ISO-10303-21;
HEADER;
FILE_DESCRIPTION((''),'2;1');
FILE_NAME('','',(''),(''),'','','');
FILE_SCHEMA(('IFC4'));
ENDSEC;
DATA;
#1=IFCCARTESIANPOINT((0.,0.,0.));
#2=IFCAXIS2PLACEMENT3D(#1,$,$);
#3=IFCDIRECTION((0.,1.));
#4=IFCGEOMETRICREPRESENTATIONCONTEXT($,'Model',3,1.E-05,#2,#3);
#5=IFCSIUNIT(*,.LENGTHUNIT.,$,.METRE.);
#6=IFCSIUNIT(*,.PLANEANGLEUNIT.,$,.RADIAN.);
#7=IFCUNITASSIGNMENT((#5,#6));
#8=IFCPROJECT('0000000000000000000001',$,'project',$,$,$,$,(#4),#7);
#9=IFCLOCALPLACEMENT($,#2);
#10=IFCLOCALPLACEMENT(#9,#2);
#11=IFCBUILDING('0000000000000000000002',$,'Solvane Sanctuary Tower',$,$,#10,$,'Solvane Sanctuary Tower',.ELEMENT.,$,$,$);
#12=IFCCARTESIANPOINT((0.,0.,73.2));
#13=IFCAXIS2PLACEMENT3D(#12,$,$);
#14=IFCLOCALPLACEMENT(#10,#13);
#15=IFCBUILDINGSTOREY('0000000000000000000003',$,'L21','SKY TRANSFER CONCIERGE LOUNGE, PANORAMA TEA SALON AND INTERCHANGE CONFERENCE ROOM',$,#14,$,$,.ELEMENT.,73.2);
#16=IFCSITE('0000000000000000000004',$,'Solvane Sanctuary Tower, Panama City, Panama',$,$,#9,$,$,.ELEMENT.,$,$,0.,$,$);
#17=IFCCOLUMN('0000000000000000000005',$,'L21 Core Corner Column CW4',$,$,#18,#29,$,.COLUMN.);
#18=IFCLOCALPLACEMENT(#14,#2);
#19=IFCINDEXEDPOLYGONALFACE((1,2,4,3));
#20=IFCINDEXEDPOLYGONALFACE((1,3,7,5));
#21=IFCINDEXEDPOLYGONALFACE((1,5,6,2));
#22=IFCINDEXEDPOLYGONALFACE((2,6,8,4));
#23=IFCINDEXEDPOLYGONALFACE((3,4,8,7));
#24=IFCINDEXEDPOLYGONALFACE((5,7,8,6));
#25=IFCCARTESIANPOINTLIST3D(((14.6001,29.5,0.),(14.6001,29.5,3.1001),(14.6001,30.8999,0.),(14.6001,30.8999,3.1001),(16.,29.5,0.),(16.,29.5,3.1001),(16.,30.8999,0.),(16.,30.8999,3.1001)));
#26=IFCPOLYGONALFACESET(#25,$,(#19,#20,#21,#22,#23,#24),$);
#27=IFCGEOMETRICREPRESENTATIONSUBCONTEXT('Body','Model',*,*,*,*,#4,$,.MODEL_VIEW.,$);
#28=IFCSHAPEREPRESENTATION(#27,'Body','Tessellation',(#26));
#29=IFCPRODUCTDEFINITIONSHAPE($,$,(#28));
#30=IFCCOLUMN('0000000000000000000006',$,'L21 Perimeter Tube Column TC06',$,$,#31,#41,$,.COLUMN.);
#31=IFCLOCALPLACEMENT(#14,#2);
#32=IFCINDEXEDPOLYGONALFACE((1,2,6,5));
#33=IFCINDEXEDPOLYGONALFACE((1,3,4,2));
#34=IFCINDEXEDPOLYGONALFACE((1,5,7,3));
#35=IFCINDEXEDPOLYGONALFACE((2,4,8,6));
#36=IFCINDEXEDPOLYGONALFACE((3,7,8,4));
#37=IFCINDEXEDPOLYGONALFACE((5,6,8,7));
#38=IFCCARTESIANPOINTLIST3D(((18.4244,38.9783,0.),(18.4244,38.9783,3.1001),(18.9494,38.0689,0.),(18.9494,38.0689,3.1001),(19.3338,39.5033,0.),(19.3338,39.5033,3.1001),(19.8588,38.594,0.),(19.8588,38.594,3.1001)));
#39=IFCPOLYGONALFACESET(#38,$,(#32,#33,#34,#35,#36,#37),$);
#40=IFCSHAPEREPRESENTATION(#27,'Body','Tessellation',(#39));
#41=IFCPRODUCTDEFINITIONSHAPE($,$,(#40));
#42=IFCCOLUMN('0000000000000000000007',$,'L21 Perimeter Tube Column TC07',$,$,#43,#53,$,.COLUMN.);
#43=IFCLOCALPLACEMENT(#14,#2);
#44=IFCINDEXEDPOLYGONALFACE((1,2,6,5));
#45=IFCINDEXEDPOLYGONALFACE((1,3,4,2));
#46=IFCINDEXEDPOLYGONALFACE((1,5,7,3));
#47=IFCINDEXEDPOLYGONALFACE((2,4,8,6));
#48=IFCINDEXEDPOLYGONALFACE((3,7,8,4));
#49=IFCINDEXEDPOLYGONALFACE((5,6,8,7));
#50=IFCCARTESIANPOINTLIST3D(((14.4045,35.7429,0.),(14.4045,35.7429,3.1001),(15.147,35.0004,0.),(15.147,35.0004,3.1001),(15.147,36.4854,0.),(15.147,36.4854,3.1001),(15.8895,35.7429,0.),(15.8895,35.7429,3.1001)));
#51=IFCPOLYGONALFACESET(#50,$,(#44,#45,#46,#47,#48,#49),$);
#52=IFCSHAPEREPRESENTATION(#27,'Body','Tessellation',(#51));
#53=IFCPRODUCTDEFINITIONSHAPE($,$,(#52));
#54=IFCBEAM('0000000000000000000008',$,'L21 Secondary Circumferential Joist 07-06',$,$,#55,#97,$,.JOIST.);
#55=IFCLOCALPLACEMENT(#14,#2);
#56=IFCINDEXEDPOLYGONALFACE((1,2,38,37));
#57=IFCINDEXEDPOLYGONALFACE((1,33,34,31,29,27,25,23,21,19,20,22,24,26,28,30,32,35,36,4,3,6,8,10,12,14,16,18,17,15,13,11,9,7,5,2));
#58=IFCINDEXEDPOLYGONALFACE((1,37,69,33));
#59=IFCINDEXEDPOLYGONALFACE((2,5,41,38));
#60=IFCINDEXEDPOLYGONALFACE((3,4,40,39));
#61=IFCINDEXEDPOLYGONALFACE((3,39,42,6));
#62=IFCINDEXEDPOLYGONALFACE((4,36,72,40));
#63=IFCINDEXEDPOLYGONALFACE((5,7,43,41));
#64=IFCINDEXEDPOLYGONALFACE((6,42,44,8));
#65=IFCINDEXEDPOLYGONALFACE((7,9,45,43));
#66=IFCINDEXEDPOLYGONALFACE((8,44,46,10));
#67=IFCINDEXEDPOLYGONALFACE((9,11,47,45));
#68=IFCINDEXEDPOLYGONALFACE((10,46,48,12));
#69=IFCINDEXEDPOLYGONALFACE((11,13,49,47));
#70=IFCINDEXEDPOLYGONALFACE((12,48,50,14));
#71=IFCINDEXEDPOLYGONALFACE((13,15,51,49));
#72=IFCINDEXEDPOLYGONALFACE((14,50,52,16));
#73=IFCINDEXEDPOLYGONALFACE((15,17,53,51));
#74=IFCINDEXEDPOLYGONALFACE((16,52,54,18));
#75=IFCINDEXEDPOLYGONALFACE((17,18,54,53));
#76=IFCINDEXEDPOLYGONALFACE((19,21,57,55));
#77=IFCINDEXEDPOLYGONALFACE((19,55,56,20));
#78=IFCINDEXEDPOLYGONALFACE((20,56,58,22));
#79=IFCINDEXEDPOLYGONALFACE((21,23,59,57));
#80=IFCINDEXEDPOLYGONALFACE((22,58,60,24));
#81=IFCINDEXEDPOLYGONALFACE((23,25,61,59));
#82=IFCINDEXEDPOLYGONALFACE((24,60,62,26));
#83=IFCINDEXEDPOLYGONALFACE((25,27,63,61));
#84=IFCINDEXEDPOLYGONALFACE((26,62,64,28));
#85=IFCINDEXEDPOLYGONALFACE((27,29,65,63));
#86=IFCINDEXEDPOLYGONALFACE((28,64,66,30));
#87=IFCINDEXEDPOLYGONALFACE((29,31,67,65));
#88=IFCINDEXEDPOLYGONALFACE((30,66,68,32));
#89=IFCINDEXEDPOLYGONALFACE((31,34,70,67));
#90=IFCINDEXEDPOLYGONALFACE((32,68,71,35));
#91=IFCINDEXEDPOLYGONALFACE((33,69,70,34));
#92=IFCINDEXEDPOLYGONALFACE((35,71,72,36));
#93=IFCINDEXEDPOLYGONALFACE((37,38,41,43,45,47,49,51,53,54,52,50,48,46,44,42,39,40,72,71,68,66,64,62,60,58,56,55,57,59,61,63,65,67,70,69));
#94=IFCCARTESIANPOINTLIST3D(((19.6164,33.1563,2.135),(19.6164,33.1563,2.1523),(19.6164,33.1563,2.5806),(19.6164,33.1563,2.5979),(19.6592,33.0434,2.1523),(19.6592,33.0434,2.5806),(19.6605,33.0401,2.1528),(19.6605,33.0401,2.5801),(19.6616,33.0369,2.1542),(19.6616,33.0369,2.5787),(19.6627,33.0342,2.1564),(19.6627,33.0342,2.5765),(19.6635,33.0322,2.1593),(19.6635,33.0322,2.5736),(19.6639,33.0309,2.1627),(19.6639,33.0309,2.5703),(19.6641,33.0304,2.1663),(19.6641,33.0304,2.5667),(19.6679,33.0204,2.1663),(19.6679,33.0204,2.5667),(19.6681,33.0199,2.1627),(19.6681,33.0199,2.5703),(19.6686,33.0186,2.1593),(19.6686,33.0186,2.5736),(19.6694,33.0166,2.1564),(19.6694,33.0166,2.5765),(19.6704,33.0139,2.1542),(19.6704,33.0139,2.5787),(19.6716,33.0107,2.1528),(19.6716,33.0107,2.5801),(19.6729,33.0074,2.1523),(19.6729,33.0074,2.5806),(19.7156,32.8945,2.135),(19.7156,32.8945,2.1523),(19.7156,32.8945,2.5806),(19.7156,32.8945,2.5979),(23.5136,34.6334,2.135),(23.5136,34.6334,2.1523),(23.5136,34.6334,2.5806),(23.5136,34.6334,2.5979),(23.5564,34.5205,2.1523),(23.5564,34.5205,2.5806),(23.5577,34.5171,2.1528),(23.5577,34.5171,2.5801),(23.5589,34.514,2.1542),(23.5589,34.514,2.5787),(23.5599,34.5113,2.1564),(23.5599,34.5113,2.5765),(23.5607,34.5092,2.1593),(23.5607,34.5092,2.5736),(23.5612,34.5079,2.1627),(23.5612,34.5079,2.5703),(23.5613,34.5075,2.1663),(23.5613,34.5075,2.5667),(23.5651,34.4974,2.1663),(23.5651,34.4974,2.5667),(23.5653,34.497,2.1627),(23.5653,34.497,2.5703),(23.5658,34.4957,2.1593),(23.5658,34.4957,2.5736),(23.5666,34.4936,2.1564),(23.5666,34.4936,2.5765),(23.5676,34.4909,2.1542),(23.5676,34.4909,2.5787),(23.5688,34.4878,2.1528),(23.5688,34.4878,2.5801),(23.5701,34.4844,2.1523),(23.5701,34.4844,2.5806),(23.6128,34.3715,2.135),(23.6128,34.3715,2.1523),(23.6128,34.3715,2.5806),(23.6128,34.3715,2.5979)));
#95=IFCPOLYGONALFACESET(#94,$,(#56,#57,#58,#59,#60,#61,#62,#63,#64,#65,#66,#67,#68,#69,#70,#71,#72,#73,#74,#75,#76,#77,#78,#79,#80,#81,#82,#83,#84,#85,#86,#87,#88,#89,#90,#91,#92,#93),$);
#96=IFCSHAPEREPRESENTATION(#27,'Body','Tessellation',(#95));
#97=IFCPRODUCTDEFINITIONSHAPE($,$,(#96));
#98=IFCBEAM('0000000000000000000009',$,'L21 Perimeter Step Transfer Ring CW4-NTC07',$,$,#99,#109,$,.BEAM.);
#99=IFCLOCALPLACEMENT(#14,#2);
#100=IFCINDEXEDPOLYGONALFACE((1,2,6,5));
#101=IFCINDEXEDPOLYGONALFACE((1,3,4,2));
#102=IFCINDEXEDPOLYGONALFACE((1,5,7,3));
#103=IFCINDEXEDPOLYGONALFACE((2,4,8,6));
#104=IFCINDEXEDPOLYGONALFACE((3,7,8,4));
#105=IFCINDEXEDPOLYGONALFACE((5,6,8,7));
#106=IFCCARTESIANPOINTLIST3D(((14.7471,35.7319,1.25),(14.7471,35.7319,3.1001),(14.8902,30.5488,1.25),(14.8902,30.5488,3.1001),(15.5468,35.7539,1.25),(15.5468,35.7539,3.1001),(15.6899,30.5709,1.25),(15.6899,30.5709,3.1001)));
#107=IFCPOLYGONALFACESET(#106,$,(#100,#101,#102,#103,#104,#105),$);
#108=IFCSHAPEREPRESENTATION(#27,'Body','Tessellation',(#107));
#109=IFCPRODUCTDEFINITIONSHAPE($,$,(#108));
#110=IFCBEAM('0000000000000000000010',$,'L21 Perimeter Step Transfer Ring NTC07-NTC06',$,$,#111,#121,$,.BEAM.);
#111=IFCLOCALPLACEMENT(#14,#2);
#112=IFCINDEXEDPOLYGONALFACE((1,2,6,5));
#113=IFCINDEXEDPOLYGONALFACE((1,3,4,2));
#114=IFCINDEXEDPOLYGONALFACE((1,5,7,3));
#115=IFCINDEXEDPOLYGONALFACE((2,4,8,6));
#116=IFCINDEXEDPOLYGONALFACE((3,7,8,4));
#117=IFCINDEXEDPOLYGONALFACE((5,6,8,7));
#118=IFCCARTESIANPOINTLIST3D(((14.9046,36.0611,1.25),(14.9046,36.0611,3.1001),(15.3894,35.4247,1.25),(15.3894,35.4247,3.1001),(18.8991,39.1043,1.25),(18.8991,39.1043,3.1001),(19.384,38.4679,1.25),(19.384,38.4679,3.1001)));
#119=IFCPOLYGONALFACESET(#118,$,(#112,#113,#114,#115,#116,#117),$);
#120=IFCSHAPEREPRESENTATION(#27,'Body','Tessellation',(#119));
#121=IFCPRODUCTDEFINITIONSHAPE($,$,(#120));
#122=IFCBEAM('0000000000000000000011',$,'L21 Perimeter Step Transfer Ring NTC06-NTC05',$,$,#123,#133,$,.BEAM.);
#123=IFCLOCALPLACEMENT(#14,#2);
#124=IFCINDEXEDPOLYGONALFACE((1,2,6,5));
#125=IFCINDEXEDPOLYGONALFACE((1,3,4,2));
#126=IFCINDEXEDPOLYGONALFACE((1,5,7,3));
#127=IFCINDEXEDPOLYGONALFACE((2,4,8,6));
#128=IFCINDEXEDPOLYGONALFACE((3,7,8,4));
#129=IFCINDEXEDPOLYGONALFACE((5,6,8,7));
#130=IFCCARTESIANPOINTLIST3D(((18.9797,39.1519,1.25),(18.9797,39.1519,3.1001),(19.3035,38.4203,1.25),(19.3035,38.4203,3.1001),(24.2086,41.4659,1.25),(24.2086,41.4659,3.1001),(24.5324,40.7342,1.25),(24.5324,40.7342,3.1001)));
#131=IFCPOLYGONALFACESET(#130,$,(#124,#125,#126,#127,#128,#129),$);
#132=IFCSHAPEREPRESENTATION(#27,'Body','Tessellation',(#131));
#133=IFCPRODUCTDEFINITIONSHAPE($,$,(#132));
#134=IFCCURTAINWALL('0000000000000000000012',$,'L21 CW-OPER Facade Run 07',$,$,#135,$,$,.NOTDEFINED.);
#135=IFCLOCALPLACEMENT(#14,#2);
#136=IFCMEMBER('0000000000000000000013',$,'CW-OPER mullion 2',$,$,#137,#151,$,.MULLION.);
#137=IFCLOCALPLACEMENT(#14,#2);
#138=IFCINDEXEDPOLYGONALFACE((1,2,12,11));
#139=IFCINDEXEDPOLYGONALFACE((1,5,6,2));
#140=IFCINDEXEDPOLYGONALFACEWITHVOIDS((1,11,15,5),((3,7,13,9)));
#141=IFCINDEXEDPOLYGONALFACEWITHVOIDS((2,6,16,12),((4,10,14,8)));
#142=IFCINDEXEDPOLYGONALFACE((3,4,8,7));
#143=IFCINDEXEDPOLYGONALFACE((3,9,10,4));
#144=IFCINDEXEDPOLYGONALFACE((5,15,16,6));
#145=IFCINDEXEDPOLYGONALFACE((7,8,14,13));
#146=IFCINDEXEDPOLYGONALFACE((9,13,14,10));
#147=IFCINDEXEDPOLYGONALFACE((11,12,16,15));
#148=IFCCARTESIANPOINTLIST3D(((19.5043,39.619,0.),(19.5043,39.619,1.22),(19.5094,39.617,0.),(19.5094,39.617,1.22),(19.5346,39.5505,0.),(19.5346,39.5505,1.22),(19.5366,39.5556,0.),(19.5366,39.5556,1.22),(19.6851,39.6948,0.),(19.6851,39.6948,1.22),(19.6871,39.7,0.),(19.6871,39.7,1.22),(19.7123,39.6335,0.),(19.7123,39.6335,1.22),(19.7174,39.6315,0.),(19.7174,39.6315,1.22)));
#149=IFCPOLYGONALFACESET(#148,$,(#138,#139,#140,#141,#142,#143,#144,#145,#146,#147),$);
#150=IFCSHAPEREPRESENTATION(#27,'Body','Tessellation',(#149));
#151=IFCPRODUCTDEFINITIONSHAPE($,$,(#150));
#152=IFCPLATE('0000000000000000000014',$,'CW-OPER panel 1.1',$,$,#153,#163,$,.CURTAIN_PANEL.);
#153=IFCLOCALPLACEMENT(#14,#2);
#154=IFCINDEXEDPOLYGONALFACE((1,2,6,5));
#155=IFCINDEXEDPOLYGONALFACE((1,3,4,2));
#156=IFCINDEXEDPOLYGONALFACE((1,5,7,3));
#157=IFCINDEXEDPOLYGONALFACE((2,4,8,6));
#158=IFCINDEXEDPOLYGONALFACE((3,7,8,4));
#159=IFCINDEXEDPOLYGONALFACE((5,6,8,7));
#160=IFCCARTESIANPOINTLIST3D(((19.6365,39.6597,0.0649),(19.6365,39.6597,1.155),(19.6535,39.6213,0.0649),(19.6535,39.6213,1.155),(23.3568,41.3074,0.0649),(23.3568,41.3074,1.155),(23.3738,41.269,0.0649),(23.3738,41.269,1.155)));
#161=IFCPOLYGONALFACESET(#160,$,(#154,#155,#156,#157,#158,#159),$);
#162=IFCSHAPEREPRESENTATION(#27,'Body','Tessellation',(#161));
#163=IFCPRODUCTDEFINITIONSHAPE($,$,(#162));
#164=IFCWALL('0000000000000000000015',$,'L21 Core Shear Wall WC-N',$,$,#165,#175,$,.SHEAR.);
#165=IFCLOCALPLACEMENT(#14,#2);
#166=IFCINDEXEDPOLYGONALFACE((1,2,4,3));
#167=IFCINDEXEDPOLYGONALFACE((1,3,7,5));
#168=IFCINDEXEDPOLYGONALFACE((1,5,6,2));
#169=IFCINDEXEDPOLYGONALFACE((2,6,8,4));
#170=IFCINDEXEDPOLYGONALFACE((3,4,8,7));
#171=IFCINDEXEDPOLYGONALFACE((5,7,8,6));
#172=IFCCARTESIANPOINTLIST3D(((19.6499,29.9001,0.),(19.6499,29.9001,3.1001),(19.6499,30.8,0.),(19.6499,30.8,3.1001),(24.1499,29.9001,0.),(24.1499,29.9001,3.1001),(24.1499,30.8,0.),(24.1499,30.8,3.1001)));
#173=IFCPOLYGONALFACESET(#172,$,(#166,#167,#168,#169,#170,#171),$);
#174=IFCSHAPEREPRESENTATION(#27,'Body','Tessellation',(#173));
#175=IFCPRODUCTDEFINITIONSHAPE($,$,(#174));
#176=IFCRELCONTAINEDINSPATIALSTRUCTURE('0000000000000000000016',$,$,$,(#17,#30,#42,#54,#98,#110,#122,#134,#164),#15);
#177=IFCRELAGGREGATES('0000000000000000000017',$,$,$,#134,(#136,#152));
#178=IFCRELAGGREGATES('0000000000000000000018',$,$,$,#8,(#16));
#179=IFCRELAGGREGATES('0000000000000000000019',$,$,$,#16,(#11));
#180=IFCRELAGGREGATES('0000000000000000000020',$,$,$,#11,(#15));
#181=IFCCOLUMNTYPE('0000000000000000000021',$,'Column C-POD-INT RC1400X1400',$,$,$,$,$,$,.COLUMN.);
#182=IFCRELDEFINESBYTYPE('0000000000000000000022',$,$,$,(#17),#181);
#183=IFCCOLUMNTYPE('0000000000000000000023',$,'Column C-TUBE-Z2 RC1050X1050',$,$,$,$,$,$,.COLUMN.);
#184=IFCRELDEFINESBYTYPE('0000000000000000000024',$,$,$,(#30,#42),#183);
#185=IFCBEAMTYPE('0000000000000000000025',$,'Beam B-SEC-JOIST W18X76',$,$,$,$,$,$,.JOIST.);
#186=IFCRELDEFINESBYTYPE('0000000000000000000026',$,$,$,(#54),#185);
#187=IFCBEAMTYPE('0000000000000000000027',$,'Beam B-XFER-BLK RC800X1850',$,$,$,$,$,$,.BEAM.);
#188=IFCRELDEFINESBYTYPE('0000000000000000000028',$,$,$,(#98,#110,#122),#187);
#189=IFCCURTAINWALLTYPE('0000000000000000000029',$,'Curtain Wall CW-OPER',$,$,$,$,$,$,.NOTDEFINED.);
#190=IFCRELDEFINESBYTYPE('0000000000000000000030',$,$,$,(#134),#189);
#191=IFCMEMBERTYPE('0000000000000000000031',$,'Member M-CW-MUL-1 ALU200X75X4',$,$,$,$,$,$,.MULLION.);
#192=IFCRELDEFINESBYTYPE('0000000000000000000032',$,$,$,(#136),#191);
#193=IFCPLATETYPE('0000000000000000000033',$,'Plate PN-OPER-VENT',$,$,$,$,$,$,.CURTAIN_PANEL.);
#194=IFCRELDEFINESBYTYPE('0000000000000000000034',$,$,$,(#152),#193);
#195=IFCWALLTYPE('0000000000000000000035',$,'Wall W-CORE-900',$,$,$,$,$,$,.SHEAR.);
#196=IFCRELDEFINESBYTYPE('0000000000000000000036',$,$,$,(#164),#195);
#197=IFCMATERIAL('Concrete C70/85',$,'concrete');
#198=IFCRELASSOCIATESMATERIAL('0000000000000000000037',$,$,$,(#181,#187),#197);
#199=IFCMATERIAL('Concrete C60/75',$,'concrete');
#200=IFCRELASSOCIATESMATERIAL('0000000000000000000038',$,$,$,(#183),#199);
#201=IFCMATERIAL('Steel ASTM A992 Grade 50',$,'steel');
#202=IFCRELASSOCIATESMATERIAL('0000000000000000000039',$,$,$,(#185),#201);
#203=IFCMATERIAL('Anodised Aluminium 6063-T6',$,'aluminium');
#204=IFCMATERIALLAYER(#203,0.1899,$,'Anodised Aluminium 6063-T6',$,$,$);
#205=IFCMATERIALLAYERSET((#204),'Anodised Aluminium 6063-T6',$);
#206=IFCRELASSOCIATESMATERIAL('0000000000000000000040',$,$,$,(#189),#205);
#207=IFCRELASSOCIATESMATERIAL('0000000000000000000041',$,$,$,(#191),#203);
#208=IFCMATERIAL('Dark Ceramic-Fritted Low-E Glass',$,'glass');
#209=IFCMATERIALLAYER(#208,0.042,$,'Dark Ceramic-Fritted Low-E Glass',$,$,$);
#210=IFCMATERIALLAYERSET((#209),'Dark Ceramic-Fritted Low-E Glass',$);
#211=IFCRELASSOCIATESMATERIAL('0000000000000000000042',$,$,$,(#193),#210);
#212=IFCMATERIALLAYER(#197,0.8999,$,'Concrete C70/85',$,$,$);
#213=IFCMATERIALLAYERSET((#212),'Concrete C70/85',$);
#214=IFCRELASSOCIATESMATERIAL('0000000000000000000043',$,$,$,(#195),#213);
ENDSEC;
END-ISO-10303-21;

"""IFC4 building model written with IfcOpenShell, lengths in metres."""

from ifc_helpers import new_model, si_unit, direction, frame, frame_2d, origin, origin_2d, place, context, subcontext, project, spatial, rectangle, hollow_rectangle, i_section, extrude, material, layer, layer_set, material_profile, profile_set, type_object, element, aggregate, save


model = new_model("IFC4")

# Units and contexts
model_context = context("Model", 3, precision=1e-05, world=origin(), true_north=direction((0.0, 1.0)))
body_context = subcontext(model_context, "Body", "Model", "MODEL_VIEW")
ifc_project = project(units=[si_unit("LENGTHUNIT", "METRE"), si_unit("PLANEANGLEUNIT", "RADIAN")], contexts=[model_context])

# Site, building, storey
site_placement = place(None, origin())
site = spatial("IfcSite", under=ifc_project, at=site_placement, Name="Solvane Sanctuary Tower, Panama City, Panama", CompositionType="ELEMENT", RefElevation=0.0)
building_placement = place(site_placement, origin())
building = spatial("IfcBuilding", under=site, at=building_placement, Name="Solvane Sanctuary Tower", LongName="Solvane Sanctuary Tower", CompositionType="ELEMENT")
storey_placement = place(building_placement, frame((0.0, 0.0, 73.2)))
storey = spatial("IfcBuildingStorey", under=building, at=storey_placement, Name="L21", Description="SKY TRANSFER CONCIERGE LOUNGE, PANORAMA TEA SALON AND INTERCHANGE CONFERENCE ROOM", CompositionType="ELEMENT", Elevation=73.2)

# Columns
ifc_material_1 = material(Name="Concrete C70/85", Category="concrete")
ifc_material_profile_1 = material_profile(ifc_material_1, rectangle(XDim=1.3999, YDim=1.3999, at=origin_2d()), Name="RC1400X1400")
ifc_profile_set_1 = profile_set([ifc_material_profile_1], Name="Concrete C70/85")
column_type_1 = type_object("IfcColumnType", Name="Column C-POD-INT RC1400X1400", PredefinedType="COLUMN", material=ifc_profile_set_1)
column_placement = place(storey_placement, frame((15.3, 30.2, 0.0), z_axis=(0.0, 0.0, 1.0), x_axis=(1.0, 0.0, 0.0)))
element("IfcColumn", 1, at=column_placement, inside=storey, type_object=column_type_1, Name="L21 Core Corner Column CW4", PredefinedType="COLUMN", context=body_context, shape_type="SweptSolid", body=[
    extrude(rectangle(XDim=1.3999, YDim=1.3999, at=origin_2d()), origin(), (0.0, 0.0, 1.0), 3.1001),
])
ifc_material_2 = material(Name="Concrete C60/75", Category="concrete")
ifc_material_profile_2 = material_profile(ifc_material_2, rectangle(XDim=1.05, YDim=1.05, at=origin_2d()), Name="RC1050X1050")
ifc_profile_set_2 = profile_set([ifc_material_profile_2], Name="Concrete C60/75")
column_type_2 = type_object("IfcColumnType", Name="Column C-TUBE-Z2 RC1050X1050", PredefinedType="COLUMN", material=ifc_profile_set_2)
for number, where, z_axis, x_axis, name in (
    (2, (19.1416, 38.7861, 0.0), (0.0, 0.0, 1.0), (-0.5, 0.866025, 0.0), "L21 Perimeter Tube Column TC06"),
    (3, (15.147, 35.7429, 0.0), (0.0, 0.0, 1.0), (-0.707107, 0.707107, 0.0), "L21 Perimeter Tube Column TC07"),
):
    element("IfcColumn", number, at=place(storey_placement, frame(where, z_axis=z_axis, x_axis=x_axis)), inside=storey, type_object=column_type_2, Name=name, PredefinedType="COLUMN", context=body_context, shape_type="SweptSolid", body=[
        extrude(rectangle(XDim=1.05, YDim=1.05, at=origin_2d()), origin(), (0.0, 0.0, 1.0), 3.1001),
    ])

# Beams
ifc_material_3 = material(Name="Steel ASTM A992 Grade 50", Category="steel")
ifc_material_profile_3 = material_profile(ifc_material_3, i_section(OverallWidth=0.28, OverallDepth=0.4629, WebThickness=0.0107, FlangeThickness=0.0173, FilletRadius=0.0139, at=origin_2d()), Name="W18X76")
ifc_profile_set_3 = profile_set([ifc_material_profile_3], Name="Steel ASTM A992 Grade 50")
beam_type_1 = type_object("IfcBeamType", Name="Beam B-SEC-JOIST W18X76", PredefinedType="JOIST", material=ifc_profile_set_3)
beam_1_placement = place(storey_placement, frame((19.666, 33.0254, 2.3665), z_axis=(0.935093, 0.354402, 0.0), x_axis=(-0.354402, 0.935093, 0.0)))
element("IfcBeam", 4, at=beam_1_placement, inside=storey, type_object=beam_type_1, Name="L21 Secondary Circumferential Joist 07-06", PredefinedType="JOIST", context=body_context, shape_type="SweptSolid", body=[
    extrude(i_section(OverallWidth=0.28, OverallDepth=0.4629, WebThickness=0.0107, FlangeThickness=0.0173, FilletRadius=0.0139, at=origin_2d()), origin(), (0.0, 0.0, 1.0), 4.1677),
])
ifc_material_profile_4 = material_profile(ifc_material_1, rectangle(XDim=0.8, YDim=1.8501, at=origin_2d()), Name="RC800X1850")
ifc_profile_set_4 = profile_set([ifc_material_profile_4], Name="Concrete C70/85")
beam_type_2 = type_object("IfcBeamType", Name="Beam B-XFER-BLK RC800X1850", PredefinedType="BEAM", material=ifc_profile_set_4)
beam_2_placement = place(storey_placement, frame((15.29, 30.5598, 2.175), z_axis=(-0.027592, 0.999619, 0.0), x_axis=(-0.999619, -0.027592, 0.0)))
element("IfcBeam", 5, at=beam_2_placement, inside=storey, type_object=beam_type_2, Name="L21 Perimeter Step Transfer Ring CW4-NTC07", PredefinedType="BEAM", context=body_context, shape_type="SweptSolid", body=[
    extrude(rectangle(XDim=0.8, YDim=1.8501, at=origin_2d()), origin(), (0.0, 0.0, 1.0), 5.1851),
])
beam_3_placement = place(storey_placement, frame((15.147, 35.7429, 2.175), z_axis=(0.795462, 0.606004, 0.0), x_axis=(-0.606004, 0.795462, 0.0)))
element("IfcBeam", 6, at=beam_3_placement, inside=storey, type_object=beam_type_2, Name="L21 Perimeter Step Transfer Ring NTC07-NTC06", PredefinedType="BEAM", context=body_context, shape_type="SweptSolid", body=[
    extrude(rectangle(XDim=0.8, YDim=1.8501, at=origin_2d()), origin(), (0.0, 0.0, 1.0), 5.0217),
])
beam_4_placement = place(storey_placement, frame((19.1416, 38.7861, 2.175), z_axis=(0.914462, 0.404672, 0.0), x_axis=(-0.404672, 0.914462, 0.0)))
element("IfcBeam", 7, at=beam_4_placement, inside=storey, type_object=beam_type_2, Name="L21 Perimeter Step Transfer Ring NTC06-NTC05", PredefinedType="BEAM", context=body_context, shape_type="SweptSolid", body=[
    extrude(rectangle(XDim=0.8, YDim=1.8501, at=origin_2d()), origin(), (0.0, 0.0, 1.0), 5.718),
])

# Curtain wall, member, plate
ifc_material_4 = material(Name="Anodised Aluminium 6063-T6", Category="aluminium")
ifc_layer_1 = layer(ifc_material_4, 0.1899, Name="Anodised Aluminium 6063-T6")
ifc_layer_set_1 = layer_set([ifc_layer_1], Name="Anodised Aluminium 6063-T6")
curtain_wall_type = type_object("IfcCurtainWallType", Name="Curtain Wall CW-OPER", PredefinedType="NOTDEFINED", material=ifc_layer_set_1)
curtain_wall_placement = place(storey_placement, origin())
curtain_wall = element("IfcCurtainWall", 8, at=curtain_wall_placement, inside=storey, type_object=curtain_wall_type, Name="L21 CW-OPER Facade Run 07", PredefinedType="NOTDEFINED")
ifc_material_profile_5 = material_profile(ifc_material_4, hollow_rectangle(XDim=0.075, YDim=0.2, WallThickness=0.0039, at=origin_2d()), Name="ALU200X75X4")
ifc_profile_set_5 = profile_set([ifc_material_profile_5], Name="Anodised Aluminium 6063-T6")
member_type = type_object("IfcMemberType", Name="Member M-CW-MUL-1 ALU200X75X4", PredefinedType="MULLION", material=ifc_profile_set_5)
member_placement = place(storey_placement, frame((19.6108, 39.6252, 0.0), z_axis=(0.0, 0.0, 1.0), x_axis=(0.404951, -0.914339, 0.0)))
member = element("IfcMember", 9, at=member_placement, type_object=member_type, Name="CW-OPER mullion 2", PredefinedType="MULLION", context=body_context, shape_type="SweptSolid", body=[
    extrude(hollow_rectangle(XDim=0.075, YDim=0.2, WallThickness=0.0039, at=origin_2d()), origin(), (0.0, 0.0, 1.0), 1.22),
])
ifc_material_5 = material(Name="Dark Ceramic-Fritted Low-E Glass", Category="glass")
ifc_layer_2 = layer(ifc_material_5, 0.042, Name="Dark Ceramic-Fritted Low-E Glass")
ifc_layer_set_2 = layer_set([ifc_layer_2], Name="Dark Ceramic-Fritted Low-E Glass")
plate_type = type_object("IfcPlateType", Name="Plate PN-OPER-VENT", PredefinedType="CURTAIN_PANEL", material=ifc_layer_set_2)
plate_placement = place(storey_placement, frame((21.5051, 40.4644, 0.0649), z_axis=(0.0, 0.0, 1.0), x_axis=(-0.914339, -0.404951, 0.0)))
plate = element("IfcPlate", 10, at=plate_placement, type_object=plate_type, Name="CW-OPER panel 1.1", PredefinedType="CURTAIN_PANEL", context=body_context, shape_type="SweptSolid", body=[
    extrude(rectangle(XDim=4.0688, YDim=0.042, at=origin_2d()), origin(), (0.0, 0.0, 1.0), 1.0901),
])
aggregate(curtain_wall, [member, plate])

# Wall
ifc_layer_3 = layer(ifc_material_1, 0.8999, Name="Concrete C70/85")
ifc_layer_set_3 = layer_set([ifc_layer_3], Name="Concrete C70/85")
wall_type_1 = type_object("IfcWallType", Name="Wall W-CORE-900", PredefinedType="SHEAR", material=ifc_layer_set_3)
wall_1_placement = place(storey_placement, frame((19.6499, 30.3501, 0.0), z_axis=(0.0, 0.0, 1.0), x_axis=(1.0, 0.0, 0.0)))
element("IfcWall", 11, at=wall_1_placement, inside=storey, type_object=wall_type_1, Name="L21 Core Shear Wall WC-N", PredefinedType="SHEAR", context=body_context, shape_type="SweptSolid", body=[
    extrude(rectangle(XDim=4.5, YDim=0.8999, at=frame_2d((2.25, 0.0))), origin(), (0.0, 0.0, 1.0), 3.1001),
])

save(model, "model.ifc")
